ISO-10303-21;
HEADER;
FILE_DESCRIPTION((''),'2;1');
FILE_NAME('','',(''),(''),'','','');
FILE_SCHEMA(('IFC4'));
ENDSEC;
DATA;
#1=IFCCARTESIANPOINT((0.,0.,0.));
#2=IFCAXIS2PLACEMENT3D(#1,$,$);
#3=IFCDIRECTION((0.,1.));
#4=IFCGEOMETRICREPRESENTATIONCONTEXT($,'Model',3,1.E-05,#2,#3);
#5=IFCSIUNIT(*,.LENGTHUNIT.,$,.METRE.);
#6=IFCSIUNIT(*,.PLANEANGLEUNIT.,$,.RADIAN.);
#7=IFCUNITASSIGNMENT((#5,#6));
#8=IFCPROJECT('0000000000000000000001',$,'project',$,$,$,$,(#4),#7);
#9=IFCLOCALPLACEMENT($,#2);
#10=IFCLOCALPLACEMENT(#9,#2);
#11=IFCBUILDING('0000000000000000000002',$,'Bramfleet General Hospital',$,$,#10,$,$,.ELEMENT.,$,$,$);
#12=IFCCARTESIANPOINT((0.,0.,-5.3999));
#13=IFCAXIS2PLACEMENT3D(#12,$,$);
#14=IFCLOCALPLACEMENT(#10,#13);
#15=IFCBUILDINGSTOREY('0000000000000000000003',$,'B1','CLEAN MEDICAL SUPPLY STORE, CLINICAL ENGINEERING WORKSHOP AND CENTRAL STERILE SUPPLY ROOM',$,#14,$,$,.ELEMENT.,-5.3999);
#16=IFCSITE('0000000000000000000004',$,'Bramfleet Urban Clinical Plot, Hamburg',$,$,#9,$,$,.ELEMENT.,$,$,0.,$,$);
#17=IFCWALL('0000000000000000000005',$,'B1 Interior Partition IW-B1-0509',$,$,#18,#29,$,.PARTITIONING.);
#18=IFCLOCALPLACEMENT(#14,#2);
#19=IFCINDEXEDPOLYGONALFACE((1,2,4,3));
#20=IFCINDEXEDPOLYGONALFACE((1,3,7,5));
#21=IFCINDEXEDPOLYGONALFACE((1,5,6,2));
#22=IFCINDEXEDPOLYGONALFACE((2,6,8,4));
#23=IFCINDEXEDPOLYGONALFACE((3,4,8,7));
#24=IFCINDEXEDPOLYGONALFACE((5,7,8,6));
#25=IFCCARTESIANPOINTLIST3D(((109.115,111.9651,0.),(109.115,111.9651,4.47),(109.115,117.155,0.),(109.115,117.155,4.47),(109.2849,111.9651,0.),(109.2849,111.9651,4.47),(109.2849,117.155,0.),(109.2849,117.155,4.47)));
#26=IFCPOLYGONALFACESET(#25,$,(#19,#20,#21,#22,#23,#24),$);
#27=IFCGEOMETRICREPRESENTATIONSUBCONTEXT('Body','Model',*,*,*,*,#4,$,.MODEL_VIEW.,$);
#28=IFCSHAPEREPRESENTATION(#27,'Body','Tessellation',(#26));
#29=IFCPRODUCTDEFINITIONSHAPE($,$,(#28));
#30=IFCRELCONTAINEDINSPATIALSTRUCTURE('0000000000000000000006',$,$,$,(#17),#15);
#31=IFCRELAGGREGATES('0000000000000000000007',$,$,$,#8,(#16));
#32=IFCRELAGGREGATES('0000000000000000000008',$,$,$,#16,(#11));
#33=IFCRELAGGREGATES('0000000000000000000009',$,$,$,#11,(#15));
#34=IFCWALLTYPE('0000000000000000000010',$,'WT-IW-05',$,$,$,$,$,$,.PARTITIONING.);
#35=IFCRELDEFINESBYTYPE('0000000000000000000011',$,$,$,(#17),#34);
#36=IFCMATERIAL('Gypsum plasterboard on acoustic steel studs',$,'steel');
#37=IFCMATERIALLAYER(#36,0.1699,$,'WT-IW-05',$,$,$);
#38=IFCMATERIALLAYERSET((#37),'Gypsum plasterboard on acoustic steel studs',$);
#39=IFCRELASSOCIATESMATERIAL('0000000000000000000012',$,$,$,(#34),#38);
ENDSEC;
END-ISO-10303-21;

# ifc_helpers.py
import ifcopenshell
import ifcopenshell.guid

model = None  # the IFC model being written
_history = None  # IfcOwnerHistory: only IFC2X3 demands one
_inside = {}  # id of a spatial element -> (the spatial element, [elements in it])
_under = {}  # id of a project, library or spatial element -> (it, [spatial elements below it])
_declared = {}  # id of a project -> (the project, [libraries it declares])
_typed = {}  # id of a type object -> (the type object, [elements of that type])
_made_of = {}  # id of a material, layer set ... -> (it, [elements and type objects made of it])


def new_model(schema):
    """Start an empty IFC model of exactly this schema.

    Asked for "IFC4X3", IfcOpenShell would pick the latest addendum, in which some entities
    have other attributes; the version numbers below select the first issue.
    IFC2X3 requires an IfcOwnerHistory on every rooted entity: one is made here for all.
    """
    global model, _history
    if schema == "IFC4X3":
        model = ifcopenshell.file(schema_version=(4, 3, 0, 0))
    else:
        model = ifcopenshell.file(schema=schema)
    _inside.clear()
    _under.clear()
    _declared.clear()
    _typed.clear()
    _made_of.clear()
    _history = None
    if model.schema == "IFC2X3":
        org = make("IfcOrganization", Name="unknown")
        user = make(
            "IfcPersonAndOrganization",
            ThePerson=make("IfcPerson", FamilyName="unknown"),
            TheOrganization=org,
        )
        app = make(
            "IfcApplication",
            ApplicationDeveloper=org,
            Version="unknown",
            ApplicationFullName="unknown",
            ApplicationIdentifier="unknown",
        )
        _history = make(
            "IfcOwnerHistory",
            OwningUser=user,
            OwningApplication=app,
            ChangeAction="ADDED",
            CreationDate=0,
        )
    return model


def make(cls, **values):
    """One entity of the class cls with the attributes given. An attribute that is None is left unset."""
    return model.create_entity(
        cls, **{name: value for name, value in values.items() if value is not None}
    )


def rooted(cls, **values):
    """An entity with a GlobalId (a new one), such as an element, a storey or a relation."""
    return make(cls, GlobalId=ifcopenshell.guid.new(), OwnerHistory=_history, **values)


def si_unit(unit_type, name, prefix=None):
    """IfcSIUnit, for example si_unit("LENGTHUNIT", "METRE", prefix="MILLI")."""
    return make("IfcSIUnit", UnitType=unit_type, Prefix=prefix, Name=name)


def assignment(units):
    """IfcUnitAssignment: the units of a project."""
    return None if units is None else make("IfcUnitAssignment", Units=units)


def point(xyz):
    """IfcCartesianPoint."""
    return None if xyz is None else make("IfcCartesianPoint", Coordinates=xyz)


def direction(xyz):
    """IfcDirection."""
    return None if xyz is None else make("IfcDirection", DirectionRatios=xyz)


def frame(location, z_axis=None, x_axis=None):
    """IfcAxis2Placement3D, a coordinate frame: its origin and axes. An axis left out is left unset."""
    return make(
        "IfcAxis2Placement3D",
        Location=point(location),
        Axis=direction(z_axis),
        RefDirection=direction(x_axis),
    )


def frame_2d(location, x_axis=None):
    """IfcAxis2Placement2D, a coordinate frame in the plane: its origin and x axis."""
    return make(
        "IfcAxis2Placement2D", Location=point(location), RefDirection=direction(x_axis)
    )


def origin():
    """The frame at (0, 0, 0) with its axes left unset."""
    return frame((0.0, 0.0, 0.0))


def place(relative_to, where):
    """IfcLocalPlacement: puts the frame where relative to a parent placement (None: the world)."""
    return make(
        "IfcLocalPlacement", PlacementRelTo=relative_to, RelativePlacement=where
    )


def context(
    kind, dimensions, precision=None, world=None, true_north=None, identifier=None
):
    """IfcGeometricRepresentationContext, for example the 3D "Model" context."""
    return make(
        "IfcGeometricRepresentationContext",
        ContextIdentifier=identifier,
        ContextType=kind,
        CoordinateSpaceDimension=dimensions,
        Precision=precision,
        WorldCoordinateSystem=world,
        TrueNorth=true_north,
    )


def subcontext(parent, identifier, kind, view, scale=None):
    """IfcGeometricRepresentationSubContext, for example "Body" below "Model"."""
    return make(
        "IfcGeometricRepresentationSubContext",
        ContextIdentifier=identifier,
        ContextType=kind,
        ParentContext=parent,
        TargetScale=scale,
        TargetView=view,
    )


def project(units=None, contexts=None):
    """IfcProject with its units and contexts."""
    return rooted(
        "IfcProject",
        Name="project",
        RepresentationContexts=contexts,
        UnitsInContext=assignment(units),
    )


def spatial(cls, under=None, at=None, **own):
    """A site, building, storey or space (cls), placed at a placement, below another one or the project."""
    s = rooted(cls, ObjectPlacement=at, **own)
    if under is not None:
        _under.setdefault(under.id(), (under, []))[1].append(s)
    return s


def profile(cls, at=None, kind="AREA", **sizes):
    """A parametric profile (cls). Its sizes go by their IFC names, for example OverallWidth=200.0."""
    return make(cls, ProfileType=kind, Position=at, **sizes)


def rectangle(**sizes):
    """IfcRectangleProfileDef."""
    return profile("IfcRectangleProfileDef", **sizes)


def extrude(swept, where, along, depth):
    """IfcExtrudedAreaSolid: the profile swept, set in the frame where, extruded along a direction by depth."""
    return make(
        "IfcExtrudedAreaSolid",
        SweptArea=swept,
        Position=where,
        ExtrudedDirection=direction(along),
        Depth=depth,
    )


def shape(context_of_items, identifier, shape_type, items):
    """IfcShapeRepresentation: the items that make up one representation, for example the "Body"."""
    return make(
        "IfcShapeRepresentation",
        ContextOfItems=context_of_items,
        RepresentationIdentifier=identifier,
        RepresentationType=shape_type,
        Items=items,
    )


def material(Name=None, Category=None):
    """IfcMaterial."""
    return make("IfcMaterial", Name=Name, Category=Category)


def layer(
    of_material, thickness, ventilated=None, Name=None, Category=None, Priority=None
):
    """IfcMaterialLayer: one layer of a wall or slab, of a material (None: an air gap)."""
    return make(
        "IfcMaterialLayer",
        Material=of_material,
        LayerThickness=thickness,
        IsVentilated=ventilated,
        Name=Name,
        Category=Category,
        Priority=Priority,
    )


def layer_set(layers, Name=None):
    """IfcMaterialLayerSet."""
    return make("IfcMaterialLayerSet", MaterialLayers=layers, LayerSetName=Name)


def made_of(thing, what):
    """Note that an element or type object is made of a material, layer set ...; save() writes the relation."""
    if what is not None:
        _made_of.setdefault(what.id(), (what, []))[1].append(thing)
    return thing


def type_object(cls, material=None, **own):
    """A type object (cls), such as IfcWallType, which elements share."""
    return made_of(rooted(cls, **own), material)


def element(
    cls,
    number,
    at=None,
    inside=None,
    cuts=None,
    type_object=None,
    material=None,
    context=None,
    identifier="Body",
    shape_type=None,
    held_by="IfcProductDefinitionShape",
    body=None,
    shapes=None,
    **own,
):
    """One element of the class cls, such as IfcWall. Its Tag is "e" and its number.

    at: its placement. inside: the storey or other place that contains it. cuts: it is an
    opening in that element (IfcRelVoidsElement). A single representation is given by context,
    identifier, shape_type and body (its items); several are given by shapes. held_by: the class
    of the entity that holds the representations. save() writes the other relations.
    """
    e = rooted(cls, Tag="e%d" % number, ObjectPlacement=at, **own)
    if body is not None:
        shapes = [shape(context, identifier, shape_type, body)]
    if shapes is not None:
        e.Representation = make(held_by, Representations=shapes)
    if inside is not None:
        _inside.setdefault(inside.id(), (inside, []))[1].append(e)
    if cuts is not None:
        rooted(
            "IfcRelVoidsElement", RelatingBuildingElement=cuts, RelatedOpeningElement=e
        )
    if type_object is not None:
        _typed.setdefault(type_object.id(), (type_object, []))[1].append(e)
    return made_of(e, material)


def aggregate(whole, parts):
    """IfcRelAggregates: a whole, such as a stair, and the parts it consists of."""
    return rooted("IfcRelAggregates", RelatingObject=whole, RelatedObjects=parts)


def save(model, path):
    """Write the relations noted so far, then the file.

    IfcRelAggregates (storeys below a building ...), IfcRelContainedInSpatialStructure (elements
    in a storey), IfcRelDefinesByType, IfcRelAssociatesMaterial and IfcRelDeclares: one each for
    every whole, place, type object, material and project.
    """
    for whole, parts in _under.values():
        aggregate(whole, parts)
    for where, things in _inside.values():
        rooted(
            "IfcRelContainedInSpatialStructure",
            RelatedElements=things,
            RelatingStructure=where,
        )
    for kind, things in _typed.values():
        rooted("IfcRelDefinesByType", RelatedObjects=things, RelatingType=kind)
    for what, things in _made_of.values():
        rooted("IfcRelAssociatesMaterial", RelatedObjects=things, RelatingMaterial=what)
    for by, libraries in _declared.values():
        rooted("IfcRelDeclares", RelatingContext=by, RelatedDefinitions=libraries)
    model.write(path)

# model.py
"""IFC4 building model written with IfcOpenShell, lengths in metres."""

from ifc_helpers import new_model, si_unit, direction, frame, frame_2d, origin, place, context, subcontext, project, spatial, rectangle, extrude, material, layer, layer_set, type_object, element, save


model = new_model("IFC4")

# Units and contexts
model_context = context("Model", 3, precision=1e-05, world=origin(), true_north=direction((0.0, 1.0)))
body_context = subcontext(model_context, "Body", "Model", "MODEL_VIEW")
ifc_project = project(units=[si_unit("LENGTHUNIT", "METRE"), si_unit("PLANEANGLEUNIT", "RADIAN")], contexts=[model_context])

# Site, building, storey
site_placement = place(None, origin())
site = spatial("IfcSite", under=ifc_project, at=site_placement, Name="Bramfleet Urban Clinical Plot, Hamburg", CompositionType="ELEMENT", RefElevation=0.0)
building_placement = place(site_placement, origin())
building = spatial("IfcBuilding", under=site, at=building_placement, Name="Bramfleet General Hospital", CompositionType="ELEMENT")
storey_placement = place(building_placement, frame((0.0, 0.0, -5.3999)))
storey = spatial("IfcBuildingStorey", under=building, at=storey_placement, Name="B1", Description="CLEAN MEDICAL SUPPLY STORE, CLINICAL ENGINEERING WORKSHOP AND CENTRAL STERILE SUPPLY ROOM", CompositionType="ELEMENT", Elevation=-5.3999)

# Wall
ifc_material_1 = material(Name="Gypsum plasterboard on acoustic steel studs", Category="steel")
ifc_layer_1 = layer(ifc_material_1, 0.1699, Name="WT-IW-05")
ifc_layer_set_1 = layer_set([ifc_layer_1], Name="Gypsum plasterboard on acoustic steel studs")
wall_type_1 = type_object("IfcWallType", Name="WT-IW-05", PredefinedType="PARTITIONING", material=ifc_layer_set_1)
wall_1_placement = place(storey_placement, frame((109.2, 111.9651, 0.0), z_axis=(0.0, 0.0, 1.0), x_axis=(0.0, 1.0, 0.0)))
element("IfcWall", 1, at=wall_1_placement, inside=storey, type_object=wall_type_1, Name="B1 Interior Partition IW-B1-0509", PredefinedType="PARTITIONING", context=body_context, shape_type="SweptSolid", body=[
    extrude(rectangle(XDim=5.1899, YDim=0.1699, at=frame_2d((2.595, 0.0))), origin(), (0.0, 0.0, 1.0), 4.47),
])

save(model, "model.ifc")
